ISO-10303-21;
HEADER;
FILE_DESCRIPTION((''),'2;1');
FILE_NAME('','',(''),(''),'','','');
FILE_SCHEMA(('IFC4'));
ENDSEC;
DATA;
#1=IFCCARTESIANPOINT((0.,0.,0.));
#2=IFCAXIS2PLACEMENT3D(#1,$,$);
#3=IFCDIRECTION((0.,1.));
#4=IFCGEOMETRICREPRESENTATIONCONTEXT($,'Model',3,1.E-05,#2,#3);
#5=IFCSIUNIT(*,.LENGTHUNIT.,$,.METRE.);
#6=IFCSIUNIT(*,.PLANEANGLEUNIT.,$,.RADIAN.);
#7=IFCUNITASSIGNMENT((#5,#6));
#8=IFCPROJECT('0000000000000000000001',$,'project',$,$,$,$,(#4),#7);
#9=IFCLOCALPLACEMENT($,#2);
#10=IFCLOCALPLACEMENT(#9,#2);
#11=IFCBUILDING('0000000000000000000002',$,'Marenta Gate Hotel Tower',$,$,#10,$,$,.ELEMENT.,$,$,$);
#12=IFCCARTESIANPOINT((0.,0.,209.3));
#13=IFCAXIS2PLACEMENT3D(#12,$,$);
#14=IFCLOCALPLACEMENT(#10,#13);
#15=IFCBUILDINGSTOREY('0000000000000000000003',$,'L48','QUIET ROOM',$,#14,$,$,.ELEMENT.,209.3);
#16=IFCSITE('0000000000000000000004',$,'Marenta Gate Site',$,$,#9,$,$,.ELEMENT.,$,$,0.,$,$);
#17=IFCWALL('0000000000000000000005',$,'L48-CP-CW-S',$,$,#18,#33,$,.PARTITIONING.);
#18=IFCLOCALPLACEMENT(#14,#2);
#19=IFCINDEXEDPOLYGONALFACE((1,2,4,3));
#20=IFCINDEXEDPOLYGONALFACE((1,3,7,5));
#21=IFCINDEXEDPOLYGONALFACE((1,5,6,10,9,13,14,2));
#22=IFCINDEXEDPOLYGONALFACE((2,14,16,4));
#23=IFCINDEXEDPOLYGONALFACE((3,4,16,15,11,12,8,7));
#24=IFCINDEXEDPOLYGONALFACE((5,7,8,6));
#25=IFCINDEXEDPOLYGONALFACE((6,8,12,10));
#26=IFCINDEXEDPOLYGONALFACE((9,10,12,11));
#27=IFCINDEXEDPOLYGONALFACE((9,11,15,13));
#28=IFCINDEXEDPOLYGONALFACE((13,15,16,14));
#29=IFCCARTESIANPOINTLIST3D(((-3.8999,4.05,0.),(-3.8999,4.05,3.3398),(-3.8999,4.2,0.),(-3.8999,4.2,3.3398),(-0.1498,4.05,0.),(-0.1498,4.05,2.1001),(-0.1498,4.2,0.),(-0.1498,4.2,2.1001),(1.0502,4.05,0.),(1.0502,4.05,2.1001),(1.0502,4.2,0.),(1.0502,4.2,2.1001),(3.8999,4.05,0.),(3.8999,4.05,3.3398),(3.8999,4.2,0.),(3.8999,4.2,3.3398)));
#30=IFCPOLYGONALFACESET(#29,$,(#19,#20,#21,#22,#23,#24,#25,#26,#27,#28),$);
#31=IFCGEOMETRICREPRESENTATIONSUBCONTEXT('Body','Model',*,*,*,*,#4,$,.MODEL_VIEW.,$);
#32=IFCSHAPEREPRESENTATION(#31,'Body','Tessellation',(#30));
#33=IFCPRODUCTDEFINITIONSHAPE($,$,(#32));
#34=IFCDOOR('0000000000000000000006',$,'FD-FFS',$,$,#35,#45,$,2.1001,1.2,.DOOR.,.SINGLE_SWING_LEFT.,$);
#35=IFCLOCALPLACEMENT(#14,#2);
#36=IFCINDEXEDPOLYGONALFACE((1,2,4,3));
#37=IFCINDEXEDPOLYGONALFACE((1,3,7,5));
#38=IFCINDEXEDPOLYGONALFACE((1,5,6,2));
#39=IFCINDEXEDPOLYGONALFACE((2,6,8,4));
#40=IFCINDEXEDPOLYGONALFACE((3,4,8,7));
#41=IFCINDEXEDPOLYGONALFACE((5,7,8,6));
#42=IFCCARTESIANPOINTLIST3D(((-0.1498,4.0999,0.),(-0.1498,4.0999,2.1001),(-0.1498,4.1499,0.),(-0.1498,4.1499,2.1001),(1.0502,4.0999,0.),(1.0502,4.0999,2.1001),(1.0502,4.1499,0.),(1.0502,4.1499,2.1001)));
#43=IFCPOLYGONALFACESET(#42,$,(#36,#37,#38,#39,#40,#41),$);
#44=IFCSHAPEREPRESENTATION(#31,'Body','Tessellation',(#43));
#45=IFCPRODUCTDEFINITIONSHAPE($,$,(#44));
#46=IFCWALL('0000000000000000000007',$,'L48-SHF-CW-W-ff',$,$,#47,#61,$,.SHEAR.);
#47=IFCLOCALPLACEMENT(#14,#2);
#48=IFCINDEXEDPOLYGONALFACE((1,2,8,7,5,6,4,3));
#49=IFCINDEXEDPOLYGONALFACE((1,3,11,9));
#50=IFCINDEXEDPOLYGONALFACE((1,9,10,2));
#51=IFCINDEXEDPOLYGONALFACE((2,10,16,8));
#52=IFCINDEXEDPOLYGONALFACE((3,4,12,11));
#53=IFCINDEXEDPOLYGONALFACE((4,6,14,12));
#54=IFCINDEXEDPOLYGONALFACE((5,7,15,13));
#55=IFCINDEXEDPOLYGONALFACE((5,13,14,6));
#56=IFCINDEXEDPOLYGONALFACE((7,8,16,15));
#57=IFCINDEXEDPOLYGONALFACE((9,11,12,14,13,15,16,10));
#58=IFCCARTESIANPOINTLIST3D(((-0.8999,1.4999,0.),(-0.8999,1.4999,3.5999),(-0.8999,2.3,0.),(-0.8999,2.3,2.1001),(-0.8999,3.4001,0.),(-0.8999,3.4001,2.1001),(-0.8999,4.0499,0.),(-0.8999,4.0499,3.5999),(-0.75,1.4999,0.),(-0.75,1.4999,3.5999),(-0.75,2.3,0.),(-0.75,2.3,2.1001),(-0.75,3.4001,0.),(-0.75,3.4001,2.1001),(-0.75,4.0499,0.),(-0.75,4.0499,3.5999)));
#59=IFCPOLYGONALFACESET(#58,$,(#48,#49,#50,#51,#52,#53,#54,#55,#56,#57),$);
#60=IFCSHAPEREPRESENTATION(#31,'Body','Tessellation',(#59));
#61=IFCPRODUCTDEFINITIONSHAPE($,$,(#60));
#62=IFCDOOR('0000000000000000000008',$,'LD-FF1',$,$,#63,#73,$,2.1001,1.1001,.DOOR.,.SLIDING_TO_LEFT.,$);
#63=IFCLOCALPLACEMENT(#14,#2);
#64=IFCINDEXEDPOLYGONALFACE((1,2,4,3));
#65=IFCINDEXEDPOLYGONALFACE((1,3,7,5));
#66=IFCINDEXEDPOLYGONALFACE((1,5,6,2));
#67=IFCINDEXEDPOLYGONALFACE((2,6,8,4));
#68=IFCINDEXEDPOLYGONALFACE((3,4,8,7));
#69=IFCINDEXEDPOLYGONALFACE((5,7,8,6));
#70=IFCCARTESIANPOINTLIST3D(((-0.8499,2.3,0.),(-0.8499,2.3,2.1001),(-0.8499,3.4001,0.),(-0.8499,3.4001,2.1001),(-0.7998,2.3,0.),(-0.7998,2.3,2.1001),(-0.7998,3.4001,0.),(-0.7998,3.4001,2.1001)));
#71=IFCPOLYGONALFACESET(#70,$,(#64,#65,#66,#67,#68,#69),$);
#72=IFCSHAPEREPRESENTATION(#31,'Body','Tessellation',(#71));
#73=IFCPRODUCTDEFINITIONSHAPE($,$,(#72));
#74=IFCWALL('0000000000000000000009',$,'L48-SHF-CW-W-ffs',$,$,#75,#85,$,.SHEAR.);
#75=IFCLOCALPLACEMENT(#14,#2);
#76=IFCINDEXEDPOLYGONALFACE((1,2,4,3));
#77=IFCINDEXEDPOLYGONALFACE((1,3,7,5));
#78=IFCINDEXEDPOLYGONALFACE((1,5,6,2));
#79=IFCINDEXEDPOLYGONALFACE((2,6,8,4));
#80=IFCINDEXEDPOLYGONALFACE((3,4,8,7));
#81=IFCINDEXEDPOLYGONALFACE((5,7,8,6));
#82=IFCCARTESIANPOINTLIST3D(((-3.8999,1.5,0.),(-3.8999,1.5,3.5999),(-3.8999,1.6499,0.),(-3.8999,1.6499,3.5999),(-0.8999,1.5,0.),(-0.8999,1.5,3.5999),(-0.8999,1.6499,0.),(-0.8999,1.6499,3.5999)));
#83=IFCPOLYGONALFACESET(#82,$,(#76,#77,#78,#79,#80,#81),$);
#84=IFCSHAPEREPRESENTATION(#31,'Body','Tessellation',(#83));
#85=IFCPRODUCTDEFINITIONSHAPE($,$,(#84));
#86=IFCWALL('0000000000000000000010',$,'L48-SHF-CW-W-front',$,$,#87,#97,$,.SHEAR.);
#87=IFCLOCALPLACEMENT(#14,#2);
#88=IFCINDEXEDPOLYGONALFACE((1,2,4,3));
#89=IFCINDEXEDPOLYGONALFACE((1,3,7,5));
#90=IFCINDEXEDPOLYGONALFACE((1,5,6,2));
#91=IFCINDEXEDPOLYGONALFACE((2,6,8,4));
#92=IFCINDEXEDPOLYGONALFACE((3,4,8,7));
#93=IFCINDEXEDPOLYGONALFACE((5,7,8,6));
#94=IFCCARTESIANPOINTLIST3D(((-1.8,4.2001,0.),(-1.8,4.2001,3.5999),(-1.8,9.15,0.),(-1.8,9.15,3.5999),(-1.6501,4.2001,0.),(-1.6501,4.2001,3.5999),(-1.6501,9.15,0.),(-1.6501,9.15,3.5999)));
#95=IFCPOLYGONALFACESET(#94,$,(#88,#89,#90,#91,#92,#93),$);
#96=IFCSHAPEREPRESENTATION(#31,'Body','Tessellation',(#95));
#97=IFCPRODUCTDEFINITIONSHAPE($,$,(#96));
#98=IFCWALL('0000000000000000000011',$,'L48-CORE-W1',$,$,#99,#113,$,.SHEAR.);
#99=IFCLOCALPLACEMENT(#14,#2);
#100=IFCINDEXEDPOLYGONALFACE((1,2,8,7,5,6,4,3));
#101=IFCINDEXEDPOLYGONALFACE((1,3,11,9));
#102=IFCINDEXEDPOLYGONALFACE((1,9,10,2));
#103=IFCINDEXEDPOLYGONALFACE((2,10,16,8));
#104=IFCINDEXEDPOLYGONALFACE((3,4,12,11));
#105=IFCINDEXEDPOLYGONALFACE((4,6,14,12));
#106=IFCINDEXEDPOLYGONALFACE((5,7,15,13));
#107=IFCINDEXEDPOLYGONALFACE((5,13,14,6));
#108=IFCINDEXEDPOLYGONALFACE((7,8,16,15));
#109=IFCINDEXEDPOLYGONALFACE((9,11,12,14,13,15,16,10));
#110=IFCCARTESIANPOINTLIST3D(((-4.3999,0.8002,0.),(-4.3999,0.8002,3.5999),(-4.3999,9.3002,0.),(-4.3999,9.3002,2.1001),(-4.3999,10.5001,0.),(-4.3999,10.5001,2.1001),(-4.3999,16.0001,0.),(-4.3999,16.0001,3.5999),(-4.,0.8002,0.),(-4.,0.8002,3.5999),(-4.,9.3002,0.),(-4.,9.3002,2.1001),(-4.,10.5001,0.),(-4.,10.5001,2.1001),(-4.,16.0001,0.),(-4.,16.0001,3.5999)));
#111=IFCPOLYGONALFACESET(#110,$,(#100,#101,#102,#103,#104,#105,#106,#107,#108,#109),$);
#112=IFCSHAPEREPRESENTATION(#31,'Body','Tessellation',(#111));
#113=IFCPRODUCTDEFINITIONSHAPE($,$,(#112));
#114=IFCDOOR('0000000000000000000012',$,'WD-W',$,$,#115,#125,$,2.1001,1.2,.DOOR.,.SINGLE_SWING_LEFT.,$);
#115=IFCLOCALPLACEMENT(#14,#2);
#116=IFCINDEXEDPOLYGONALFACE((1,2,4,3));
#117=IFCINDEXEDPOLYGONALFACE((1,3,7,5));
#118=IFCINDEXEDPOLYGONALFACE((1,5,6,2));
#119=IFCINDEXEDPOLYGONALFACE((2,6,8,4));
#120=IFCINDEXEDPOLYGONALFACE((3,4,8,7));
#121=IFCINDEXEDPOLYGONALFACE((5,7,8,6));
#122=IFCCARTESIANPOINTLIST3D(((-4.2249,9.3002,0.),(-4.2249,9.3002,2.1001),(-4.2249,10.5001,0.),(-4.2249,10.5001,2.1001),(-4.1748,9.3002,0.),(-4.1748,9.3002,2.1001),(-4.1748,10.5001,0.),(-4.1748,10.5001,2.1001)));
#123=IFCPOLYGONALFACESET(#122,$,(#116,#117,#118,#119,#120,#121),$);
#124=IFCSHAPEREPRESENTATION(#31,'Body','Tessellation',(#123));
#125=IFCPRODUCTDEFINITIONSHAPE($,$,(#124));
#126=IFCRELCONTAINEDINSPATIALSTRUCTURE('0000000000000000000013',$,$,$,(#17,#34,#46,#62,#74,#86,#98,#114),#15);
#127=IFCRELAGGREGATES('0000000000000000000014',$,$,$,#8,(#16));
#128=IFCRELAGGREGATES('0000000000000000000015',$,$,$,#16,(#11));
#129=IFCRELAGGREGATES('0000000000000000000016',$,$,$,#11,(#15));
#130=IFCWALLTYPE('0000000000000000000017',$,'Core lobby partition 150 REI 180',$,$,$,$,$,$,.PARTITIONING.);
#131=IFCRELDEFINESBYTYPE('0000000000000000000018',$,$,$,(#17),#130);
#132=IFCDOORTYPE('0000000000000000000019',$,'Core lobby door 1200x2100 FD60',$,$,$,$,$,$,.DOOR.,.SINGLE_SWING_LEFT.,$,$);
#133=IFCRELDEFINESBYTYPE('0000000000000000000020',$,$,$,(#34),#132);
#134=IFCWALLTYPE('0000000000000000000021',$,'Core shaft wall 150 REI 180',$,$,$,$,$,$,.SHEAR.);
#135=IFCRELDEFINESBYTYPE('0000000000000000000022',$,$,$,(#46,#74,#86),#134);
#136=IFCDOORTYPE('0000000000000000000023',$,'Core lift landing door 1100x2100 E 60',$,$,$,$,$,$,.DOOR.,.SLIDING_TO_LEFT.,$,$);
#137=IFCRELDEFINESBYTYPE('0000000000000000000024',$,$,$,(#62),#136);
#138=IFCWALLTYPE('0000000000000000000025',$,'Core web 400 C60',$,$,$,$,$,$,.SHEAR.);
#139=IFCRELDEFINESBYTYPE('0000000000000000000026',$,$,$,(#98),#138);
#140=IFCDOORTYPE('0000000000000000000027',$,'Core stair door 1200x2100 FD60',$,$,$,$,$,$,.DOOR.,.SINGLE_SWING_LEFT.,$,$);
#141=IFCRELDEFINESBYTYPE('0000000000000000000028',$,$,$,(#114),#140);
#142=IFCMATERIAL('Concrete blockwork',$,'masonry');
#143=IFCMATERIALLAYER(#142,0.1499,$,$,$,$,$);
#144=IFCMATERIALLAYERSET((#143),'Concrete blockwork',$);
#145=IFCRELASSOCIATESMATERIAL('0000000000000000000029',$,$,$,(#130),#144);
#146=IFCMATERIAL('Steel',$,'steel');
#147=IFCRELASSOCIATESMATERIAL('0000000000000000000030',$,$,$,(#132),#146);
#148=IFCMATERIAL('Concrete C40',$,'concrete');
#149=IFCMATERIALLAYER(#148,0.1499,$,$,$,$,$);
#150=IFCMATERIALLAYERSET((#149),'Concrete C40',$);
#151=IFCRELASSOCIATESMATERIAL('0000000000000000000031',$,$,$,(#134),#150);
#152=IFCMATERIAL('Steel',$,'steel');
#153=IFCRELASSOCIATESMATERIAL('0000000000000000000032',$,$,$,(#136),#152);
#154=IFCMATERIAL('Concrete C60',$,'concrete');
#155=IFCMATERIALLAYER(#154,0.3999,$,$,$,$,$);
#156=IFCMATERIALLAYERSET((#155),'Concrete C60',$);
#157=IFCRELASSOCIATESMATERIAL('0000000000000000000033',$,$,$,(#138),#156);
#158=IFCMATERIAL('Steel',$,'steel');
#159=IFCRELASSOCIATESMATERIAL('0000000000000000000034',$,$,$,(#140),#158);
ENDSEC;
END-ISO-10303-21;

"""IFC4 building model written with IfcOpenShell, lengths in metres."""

from ifc_helpers import new_model, si_unit, direction, frame, frame_2d, origin, place, context, subcontext, project, spatial, rectangle, extrude, material, layer, layer_set, type_object, element, fill, save


model = new_model("IFC4")

# Units and contexts
model_context = context("Model", 3, precision=1e-05, world=origin(), true_north=direction((0.0, 1.0)))
body_context = subcontext(model_context, "Body", "Model", "MODEL_VIEW")
ifc_project = project(units=[si_unit("LENGTHUNIT", "METRE"), si_unit("PLANEANGLEUNIT", "RADIAN")], contexts=[model_context])

# Site, building, storey
site_placement = place(None, origin())
site = spatial("IfcSite", under=ifc_project, at=site_placement, Name="Marenta Gate Site", CompositionType="ELEMENT", RefElevation=0.0)
building_placement = place(site_placement, origin())
building = spatial("IfcBuilding", under=site, at=building_placement, Name="Marenta Gate Hotel Tower", CompositionType="ELEMENT")
storey_placement = place(building_placement, frame((0.0, 0.0, 209.3)))
storey = spatial("IfcBuildingStorey", under=building, at=storey_placement, Name="L48", Description="QUIET ROOM", CompositionType="ELEMENT", Elevation=209.3)

# Walls, openings, doors
ifc_material_1 = material(Name="Concrete blockwork", Category="masonry")
ifc_layer_1 = layer(ifc_material_1, 0.1499)
ifc_layer_set_1 = layer_set([ifc_layer_1], Name="Concrete blockwork")
wall_type_1 = type_object("IfcWallType", Name="Core lobby partition 150 REI 180", PredefinedType="PARTITIONING", material=ifc_layer_set_1)
wall_1_placement = place(storey_placement, frame((-3.8999, 4.125, 0.0), z_axis=(0.0, 0.0, 1.0), x_axis=(1.0, 0.0, 0.0)))
wall_1 = element("IfcWall", 1, at=wall_1_placement, inside=storey, type_object=wall_type_1, Name="L48-CP-CW-S", PredefinedType="PARTITIONING", context=body_context, shape_type="SweptSolid", body=[
    extrude(rectangle(XDim=7.7998, YDim=0.1499, at=frame_2d((3.8999, 0.0))), origin(), (0.0, 0.0, 1.0), 3.3398),
])
opening_1_placement = place(wall_1_placement, frame((3.75, 0.0, 0.0)))
opening_1 = element("IfcOpeningElement", 2, at=opening_1_placement, cuts=wall_1, PredefinedType="OPENING", context=body_context, shape_type="SweptSolid", body=[
    extrude(rectangle(XDim=1.2, YDim=2.1001, at=frame_2d((0.6001, 1.05))), frame((0.0, 0.075, 0.0), z_axis=(0.0, -1.0, 0.0), x_axis=(1.0, 0.0, 0.0)), (0.0, 0.0, 1.0), 0.1499),
])
ifc_material_2 = material(Name="Steel", Category="steel")
door_type_1 = type_object("IfcDoorType", Name="Core lobby door 1200x2100 FD60", OperationType="SINGLE_SWING_LEFT", PredefinedType="DOOR", material=ifc_material_2)
door_1_placement = place(opening_1_placement, origin())
door_1 = element("IfcDoor", 3, at=door_1_placement, inside=storey, type_object=door_type_1, Name="FD-FFS", OperationType="SINGLE_SWING_LEFT", OverallHeight=2.1001, OverallWidth=1.2, PredefinedType="DOOR", context=body_context, shape_type="SweptSolid", body=[
    extrude(rectangle(XDim=1.2, YDim=2.1001, at=frame_2d((0.6001, 1.05))), frame((0.0, 0.0249, 0.0), z_axis=(0.0, -1.0, 0.0), x_axis=(1.0, 0.0, 0.0)), (0.0, 0.0, 1.0), 0.05),
])
fill(opening_1, door_1)
ifc_material_3 = material(Name="Concrete C40", Category="concrete")
ifc_layer_2 = layer(ifc_material_3, 0.1499)
ifc_layer_set_2 = layer_set([ifc_layer_2], Name="Concrete C40")
wall_type_2 = type_object("IfcWallType", Name="Core shaft wall 150 REI 180", PredefinedType="SHEAR", material=ifc_layer_set_2)
wall_2_placement = place(storey_placement, frame((-0.825, 1.5, 0.0), z_axis=(0.0, 0.0, 1.0), x_axis=(0.0, 1.0, 0.0)))
wall_2 = element("IfcWall", 4, at=wall_2_placement, inside=storey, type_object=wall_type_2, Name="L48-SHF-CW-W-ff", PredefinedType="SHEAR", context=body_context, shape_type="SweptSolid", body=[
    extrude(rectangle(XDim=2.55, YDim=0.1499, at=frame_2d((1.2749, 0.0))), origin(), (0.0, 0.0, 1.0), 3.5999),
])
opening_2_placement = place(wall_2_placement, frame((0.8, 0.0, 0.0)))
opening_2 = element("IfcOpeningElement", 5, at=opening_2_placement, cuts=wall_2, PredefinedType="OPENING", context=body_context, shape_type="SweptSolid", body=[
    extrude(rectangle(XDim=1.1001, YDim=2.1001, at=frame_2d((0.55, 1.05))), frame((0.0, 0.075, 0.0), z_axis=(0.0, -1.0, 0.0), x_axis=(1.0, 0.0, 0.0)), (0.0, 0.0, 1.0), 0.1499),
])
ifc_material_4 = material(Name="Steel", Category="steel")
door_type_2 = type_object("IfcDoorType", Name="Core lift landing door 1100x2100 E 60", OperationType="SLIDING_TO_LEFT", PredefinedType="DOOR", material=ifc_material_4)
door_2_placement = place(opening_2_placement, origin())
door_2 = element("IfcDoor", 6, at=door_2_placement, inside=storey, type_object=door_type_2, Name="LD-FF1", OperationType="SLIDING_TO_LEFT", OverallHeight=2.1001, OverallWidth=1.1001, PredefinedType="DOOR", context=body_context, shape_type="SweptSolid", body=[
    extrude(rectangle(XDim=1.1001, YDim=2.1001, at=frame_2d((0.55, 1.05))), frame((0.0, 0.0249, 0.0), z_axis=(0.0, -1.0, 0.0), x_axis=(1.0, 0.0, 0.0)), (0.0, 0.0, 1.0), 0.05),
])
fill(opening_2, door_2)

# Walls
wall_3_placement = place(storey_placement, frame((-3.8999, 1.575, 0.0), z_axis=(0.0, 0.0, 1.0), x_axis=(1.0, 0.0, 0.0)))
element("IfcWall", 7, at=wall_3_placement, inside=storey, type_object=wall_type_2, Name="L48-SHF-CW-W-ffs", PredefinedType="SHEAR", context=body_context, shape_type="SweptSolid", body=[
    extrude(rectangle(XDim=3.0, YDim=0.1499, at=frame_2d((1.5, 0.0))), origin(), (0.0, 0.0, 1.0), 3.5999),
])
wall_4_placement = place(storey_placement, frame((-1.7251, 4.2, 0.0), z_axis=(0.0, 0.0, 1.0), x_axis=(0.0, 1.0, 0.0)))
element("IfcWall", 8, at=wall_4_placement, inside=storey, type_object=wall_type_2, Name="L48-SHF-CW-W-front", PredefinedType="SHEAR", context=body_context, shape_type="SweptSolid", body=[
    extrude(rectangle(XDim=4.95, YDim=0.1499, at=frame_2d((2.4751, 0.0))), origin(), (0.0, 0.0, 1.0), 3.5999),
])

# Wall, opening, door
ifc_material_5 = material(Name="Concrete C60", Category="concrete")
ifc_layer_3 = layer(ifc_material_5, 0.3999)
ifc_layer_set_3 = layer_set([ifc_layer_3], Name="Concrete C60")
wall_type_3 = type_object("IfcWallType", Name="Core web 400 C60", PredefinedType="SHEAR", material=ifc_layer_set_3)
wall_5_placement = place(storey_placement, frame((-4.2, 0.8, 0.0), z_axis=(0.0, 0.0, 1.0), x_axis=(0.0, 1.0, 0.0)))
wall_5 = element("IfcWall", 9, at=wall_5_placement, inside=storey, type_object=wall_type_3, Name="L48-CORE-W1", PredefinedType="SHEAR", context=body_context, shape_type="SweptSolid", body=[
    extrude(rectangle(XDim=15.2, YDim=0.3999, at=frame_2d((7.6001, 0.0))), origin(), (0.0, 0.0, 1.0), 3.5999),
])
opening_3_placement = place(wall_5_placement, frame((8.5, 0.0, 0.0)))
opening_3 = element("IfcOpeningElement", 10, at=opening_3_placement, cuts=wall_5, PredefinedType="OPENING", context=body_context, shape_type="SweptSolid", body=[
    extrude(rectangle(XDim=1.2, YDim=2.1001, at=frame_2d((0.6001, 1.05))), frame((0.0, 0.2, 0.0), z_axis=(0.0, -1.0, 0.0), x_axis=(1.0, 0.0, 0.0)), (0.0, 0.0, 1.0), 0.3999),
])
ifc_material_6 = material(Name="Steel", Category="steel")
door_type_3 = type_object("IfcDoorType", Name="Core stair door 1200x2100 FD60", OperationType="SINGLE_SWING_LEFT", PredefinedType="DOOR", material=ifc_material_6)
door_3_placement = place(opening_3_placement, origin())
door_3 = element("IfcDoor", 11, at=door_3_placement, inside=storey, type_object=door_type_3, Name="WD-W", OperationType="SINGLE_SWING_LEFT", OverallHeight=2.1001, OverallWidth=1.2, PredefinedType="DOOR", context=body_context, shape_type="SweptSolid", body=[
    extrude(rectangle(XDim=1.2, YDim=2.1001, at=frame_2d((0.6001, 1.05))), frame((0.0, 0.0249, 0.0), z_axis=(0.0, -1.0, 0.0), x_axis=(1.0, 0.0, 0.0)), (0.0, 0.0, 1.0), 0.05),
])
fill(opening_3, door_3)

save(model, "model.ifc")
